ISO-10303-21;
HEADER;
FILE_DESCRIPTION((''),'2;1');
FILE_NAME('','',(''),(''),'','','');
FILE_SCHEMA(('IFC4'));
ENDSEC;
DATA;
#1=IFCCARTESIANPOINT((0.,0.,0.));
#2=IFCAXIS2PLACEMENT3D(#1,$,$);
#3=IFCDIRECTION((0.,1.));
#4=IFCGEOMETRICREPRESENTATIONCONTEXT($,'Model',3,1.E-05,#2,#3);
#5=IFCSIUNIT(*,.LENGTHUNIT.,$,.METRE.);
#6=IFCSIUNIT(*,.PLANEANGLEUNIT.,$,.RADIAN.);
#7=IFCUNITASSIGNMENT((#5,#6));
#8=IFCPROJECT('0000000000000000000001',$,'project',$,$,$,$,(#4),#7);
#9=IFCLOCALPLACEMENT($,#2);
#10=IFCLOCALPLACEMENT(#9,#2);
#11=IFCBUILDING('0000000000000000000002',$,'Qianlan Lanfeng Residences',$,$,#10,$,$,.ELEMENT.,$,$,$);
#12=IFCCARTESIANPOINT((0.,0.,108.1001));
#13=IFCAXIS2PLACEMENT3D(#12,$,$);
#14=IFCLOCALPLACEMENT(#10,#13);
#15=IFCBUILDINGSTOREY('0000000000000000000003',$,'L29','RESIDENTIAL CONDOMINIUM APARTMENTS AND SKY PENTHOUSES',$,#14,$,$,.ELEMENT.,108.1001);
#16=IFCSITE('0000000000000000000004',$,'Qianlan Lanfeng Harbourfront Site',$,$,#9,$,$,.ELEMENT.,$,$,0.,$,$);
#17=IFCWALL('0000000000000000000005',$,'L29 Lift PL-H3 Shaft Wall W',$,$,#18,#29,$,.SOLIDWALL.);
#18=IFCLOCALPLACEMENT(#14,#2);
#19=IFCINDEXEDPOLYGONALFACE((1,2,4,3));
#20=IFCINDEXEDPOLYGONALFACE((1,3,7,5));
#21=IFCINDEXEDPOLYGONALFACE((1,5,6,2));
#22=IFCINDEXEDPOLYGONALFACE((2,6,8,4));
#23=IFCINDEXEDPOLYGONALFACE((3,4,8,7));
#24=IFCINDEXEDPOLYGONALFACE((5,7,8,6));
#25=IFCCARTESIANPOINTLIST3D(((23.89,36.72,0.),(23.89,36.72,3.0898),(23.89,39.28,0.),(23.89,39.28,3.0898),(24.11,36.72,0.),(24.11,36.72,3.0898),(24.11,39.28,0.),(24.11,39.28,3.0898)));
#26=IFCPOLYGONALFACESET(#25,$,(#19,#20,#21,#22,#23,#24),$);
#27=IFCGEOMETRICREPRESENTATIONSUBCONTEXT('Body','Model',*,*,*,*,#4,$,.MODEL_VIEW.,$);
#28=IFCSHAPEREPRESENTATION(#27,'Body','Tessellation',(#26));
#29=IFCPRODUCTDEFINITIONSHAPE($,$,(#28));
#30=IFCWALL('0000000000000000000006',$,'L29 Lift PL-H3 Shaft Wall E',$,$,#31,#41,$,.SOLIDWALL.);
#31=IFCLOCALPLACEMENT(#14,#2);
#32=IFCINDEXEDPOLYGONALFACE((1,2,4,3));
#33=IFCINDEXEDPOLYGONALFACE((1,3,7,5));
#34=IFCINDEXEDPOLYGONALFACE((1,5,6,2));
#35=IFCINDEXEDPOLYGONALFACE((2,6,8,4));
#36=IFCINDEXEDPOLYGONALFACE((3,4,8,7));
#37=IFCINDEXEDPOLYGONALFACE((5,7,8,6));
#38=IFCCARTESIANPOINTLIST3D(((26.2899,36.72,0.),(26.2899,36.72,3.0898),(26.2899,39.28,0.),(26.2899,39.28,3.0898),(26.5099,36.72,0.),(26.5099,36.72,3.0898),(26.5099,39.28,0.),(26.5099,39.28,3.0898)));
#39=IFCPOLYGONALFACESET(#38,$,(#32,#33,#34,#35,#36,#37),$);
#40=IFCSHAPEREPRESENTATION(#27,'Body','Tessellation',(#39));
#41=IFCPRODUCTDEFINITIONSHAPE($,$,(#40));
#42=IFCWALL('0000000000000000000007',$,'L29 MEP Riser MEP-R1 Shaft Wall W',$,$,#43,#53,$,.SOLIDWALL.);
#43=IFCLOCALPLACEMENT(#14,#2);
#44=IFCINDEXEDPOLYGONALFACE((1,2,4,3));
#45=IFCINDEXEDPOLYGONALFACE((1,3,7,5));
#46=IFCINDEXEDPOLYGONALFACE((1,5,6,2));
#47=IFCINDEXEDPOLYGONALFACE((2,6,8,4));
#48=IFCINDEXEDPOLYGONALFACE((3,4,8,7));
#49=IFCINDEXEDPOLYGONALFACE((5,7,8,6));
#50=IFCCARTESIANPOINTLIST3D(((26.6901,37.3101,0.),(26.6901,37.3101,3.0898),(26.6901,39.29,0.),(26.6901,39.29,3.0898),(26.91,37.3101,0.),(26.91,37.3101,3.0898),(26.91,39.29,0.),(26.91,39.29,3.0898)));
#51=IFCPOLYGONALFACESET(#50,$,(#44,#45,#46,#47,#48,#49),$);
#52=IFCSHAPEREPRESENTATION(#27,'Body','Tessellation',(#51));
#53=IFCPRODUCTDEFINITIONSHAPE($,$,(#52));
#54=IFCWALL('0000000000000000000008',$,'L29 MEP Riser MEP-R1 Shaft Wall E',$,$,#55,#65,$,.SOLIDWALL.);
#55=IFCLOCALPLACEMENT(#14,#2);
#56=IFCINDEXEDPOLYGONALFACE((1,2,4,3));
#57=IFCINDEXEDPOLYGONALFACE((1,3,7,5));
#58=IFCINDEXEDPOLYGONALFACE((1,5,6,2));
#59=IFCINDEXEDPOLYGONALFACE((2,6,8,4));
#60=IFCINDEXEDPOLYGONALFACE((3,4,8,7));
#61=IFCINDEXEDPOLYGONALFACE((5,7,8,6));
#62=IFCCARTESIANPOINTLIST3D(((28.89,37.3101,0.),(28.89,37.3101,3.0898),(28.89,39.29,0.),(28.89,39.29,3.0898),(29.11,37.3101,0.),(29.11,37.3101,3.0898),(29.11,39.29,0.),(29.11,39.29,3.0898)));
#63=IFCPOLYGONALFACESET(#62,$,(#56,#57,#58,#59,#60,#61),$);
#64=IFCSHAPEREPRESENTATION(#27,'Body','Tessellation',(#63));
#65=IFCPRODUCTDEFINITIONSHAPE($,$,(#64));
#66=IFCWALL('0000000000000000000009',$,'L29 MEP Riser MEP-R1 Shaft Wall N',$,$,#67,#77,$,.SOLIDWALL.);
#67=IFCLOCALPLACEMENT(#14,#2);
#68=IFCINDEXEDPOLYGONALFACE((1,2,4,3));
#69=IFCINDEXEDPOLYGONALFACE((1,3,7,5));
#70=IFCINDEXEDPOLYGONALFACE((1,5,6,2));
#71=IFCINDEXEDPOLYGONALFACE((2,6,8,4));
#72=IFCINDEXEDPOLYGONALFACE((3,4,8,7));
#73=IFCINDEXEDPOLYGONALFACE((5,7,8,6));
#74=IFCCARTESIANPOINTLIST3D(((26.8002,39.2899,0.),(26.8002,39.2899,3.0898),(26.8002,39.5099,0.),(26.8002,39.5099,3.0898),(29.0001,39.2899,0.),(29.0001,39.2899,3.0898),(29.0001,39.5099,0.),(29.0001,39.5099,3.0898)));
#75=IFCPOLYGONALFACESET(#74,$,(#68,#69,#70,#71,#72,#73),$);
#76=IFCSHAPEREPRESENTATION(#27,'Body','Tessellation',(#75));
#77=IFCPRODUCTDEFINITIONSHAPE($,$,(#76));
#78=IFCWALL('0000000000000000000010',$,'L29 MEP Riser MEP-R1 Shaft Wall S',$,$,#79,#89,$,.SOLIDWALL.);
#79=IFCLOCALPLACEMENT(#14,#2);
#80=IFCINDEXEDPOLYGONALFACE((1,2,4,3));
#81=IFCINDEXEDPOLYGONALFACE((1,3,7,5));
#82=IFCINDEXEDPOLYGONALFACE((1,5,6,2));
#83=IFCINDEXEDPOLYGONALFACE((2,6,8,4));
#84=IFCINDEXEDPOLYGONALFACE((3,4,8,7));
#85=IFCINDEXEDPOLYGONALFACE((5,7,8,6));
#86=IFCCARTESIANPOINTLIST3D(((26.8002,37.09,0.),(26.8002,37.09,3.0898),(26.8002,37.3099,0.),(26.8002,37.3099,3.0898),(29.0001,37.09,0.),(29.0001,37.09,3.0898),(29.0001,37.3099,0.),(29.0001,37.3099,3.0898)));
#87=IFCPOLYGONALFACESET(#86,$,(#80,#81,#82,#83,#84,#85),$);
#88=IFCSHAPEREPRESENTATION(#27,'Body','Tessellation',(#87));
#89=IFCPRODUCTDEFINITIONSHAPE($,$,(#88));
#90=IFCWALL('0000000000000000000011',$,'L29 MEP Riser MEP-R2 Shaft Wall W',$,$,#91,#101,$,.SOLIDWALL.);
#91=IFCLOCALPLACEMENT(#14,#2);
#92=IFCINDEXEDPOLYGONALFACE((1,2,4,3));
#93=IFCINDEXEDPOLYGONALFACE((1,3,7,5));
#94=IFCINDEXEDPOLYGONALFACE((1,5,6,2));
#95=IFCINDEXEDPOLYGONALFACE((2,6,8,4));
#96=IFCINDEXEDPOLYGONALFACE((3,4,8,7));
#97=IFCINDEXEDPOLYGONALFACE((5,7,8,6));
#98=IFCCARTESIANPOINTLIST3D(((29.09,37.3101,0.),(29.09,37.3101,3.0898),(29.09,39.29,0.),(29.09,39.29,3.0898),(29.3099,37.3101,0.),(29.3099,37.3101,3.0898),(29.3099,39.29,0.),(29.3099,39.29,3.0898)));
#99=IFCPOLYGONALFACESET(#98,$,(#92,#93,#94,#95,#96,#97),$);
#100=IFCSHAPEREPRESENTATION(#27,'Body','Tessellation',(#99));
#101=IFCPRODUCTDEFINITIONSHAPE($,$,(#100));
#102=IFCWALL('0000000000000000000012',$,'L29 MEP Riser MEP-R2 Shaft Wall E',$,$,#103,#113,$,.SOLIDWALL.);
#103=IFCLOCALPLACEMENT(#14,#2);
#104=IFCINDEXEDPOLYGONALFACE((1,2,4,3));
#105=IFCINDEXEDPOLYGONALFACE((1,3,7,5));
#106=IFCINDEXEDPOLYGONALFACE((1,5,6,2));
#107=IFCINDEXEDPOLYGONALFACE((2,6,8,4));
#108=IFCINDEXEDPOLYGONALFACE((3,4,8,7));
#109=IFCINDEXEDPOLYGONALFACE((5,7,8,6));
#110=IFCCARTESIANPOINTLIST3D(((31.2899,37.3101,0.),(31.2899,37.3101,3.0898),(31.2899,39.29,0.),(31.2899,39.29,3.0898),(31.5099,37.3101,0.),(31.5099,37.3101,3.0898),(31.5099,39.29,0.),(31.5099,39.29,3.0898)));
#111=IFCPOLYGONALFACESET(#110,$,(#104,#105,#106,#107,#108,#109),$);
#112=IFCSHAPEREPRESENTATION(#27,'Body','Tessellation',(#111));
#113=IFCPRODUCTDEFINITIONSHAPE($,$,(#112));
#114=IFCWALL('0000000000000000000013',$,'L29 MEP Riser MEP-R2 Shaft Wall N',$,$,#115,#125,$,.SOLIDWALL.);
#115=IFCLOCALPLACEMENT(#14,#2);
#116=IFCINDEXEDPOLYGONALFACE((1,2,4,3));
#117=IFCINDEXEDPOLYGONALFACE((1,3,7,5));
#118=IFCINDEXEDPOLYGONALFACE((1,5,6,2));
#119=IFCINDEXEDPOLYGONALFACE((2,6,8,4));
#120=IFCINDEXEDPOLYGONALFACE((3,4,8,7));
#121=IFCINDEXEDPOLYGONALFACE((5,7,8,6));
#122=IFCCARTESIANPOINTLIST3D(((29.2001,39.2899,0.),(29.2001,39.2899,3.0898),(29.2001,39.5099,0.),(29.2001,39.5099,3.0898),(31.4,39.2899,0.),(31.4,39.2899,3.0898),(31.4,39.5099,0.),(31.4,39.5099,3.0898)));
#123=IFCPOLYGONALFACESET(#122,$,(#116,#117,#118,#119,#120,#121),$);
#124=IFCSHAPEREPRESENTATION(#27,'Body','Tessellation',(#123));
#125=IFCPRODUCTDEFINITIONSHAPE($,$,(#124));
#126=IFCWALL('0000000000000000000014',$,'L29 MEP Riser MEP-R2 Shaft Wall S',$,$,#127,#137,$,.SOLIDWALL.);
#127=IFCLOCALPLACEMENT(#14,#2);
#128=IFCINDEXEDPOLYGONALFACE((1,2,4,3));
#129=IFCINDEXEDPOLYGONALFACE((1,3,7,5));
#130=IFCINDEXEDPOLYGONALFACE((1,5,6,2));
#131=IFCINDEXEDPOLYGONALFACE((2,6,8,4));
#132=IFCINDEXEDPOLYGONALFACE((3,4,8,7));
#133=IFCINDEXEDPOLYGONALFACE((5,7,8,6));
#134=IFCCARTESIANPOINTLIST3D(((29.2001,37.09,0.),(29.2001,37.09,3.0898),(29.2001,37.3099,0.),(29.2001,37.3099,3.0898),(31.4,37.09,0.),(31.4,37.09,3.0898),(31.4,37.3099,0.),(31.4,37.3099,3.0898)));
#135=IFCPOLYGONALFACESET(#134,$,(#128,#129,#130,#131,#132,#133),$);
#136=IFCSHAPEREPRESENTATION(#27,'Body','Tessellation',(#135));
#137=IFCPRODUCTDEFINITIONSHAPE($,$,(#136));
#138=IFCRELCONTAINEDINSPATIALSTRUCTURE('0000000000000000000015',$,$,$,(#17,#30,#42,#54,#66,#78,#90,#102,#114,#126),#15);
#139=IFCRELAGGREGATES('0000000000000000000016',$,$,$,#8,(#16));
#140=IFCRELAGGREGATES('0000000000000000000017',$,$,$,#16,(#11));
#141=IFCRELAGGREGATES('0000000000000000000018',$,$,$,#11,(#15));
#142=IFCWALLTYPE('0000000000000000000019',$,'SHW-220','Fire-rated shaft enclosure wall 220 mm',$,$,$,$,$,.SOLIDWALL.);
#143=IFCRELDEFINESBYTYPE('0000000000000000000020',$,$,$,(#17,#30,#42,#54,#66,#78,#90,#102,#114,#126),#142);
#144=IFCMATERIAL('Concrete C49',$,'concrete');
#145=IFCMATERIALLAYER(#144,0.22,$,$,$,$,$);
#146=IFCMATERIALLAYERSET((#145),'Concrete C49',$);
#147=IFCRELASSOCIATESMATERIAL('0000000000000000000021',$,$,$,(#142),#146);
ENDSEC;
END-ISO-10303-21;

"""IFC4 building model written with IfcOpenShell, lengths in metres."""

from ifc_helpers import new_model, si_unit, direction, frame, frame_2d, origin, place, context, subcontext, project, spatial, rectangle, extrude, material, layer, layer_set, type_object, element, save


model = new_model("IFC4")

# Units and contexts
model_context = context("Model", 3, precision=1e-05, world=origin(), true_north=direction((0.0, 1.0)))
body_context = subcontext(model_context, "Body", "Model", "MODEL_VIEW")
ifc_project = project(units=[si_unit("LENGTHUNIT", "METRE"), si_unit("PLANEANGLEUNIT", "RADIAN")], contexts=[model_context])

# Site, building, storey
site_placement = place(None, origin())
site = spatial("IfcSite", under=ifc_project, at=site_placement, Name="Qianlan Lanfeng Harbourfront Site", CompositionType="ELEMENT", RefElevation=0.0)
building_placement = place(site_placement, origin())
building = spatial("IfcBuilding", under=site, at=building_placement, Name="Qianlan Lanfeng Residences", CompositionType="ELEMENT")
storey_placement = place(building_placement, frame((0.0, 0.0, 108.1001)))
storey = spatial("IfcBuildingStorey", under=building, at=storey_placement, Name="L29", Description="RESIDENTIAL CONDOMINIUM APARTMENTS AND SKY PENTHOUSES", CompositionType="ELEMENT", Elevation=108.1001)

# Walls
ifc_material_1 = material(Name="Concrete C49", Category="concrete")
ifc_layer_1 = layer(ifc_material_1, 0.22)
ifc_layer_set_1 = layer_set([ifc_layer_1], Name="Concrete C49")
wall_type_1 = type_object("IfcWallType", Name="SHW-220", Description="Fire-rated shaft enclosure wall 220 mm", PredefinedType="SOLIDWALL", material=ifc_layer_set_1)
for number, where, z_axis, x_axis, name in (
    (1, (24.0, 36.72, 0.0), (0.0, 0.0, 1.0), (0.0, 1.0, 0.0), "L29 Lift PL-H3 Shaft Wall W"),
    (2, (26.3999, 36.72, 0.0), (0.0, 0.0, 1.0), (0.0, 1.0, 0.0), "L29 Lift PL-H3 Shaft Wall E"),
):
    element("IfcWall", number, at=place(storey_placement, frame(where, z_axis=z_axis, x_axis=x_axis)), inside=storey, type_object=wall_type_1, Name=name, PredefinedType="SOLIDWALL", context=body_context, shape_type="SweptSolid", body=[
        extrude(rectangle(XDim=2.5601, YDim=0.22, at=frame_2d((1.28, 0.0))), origin(), (0.0, 0.0, 1.0), 3.0898),
    ])
for number, where, z_axis, x_axis, name in (
    (3, (26.8, 37.3101, 0.0), (0.0, 0.0, 1.0), (0.0, 1.0, 0.0), "L29 MEP Riser MEP-R1 Shaft Wall W"),
    (4, (29.0, 37.3101, 0.0), (0.0, 0.0, 1.0), (0.0, 1.0, 0.0), "L29 MEP Riser MEP-R1 Shaft Wall E"),
):
    element("IfcWall", number, at=place(storey_placement, frame(where, z_axis=z_axis, x_axis=x_axis)), inside=storey, type_object=wall_type_1, Name=name, PredefinedType="SOLIDWALL", context=body_context, shape_type="SweptSolid", body=[
        extrude(rectangle(XDim=1.98, YDim=0.22, at=frame_2d((0.99, 0.0))), origin(), (0.0, 0.0, 1.0), 3.0898),
    ])
for number, where, z_axis, x_axis, name in (
    (5, (26.8, 39.3999, 0.0), (0.0, 0.0, 1.0), (1.0, 0.0, 0.0), "L29 MEP Riser MEP-R1 Shaft Wall N"),
    (6, (26.8, 37.2, 0.0), (0.0, 0.0, 1.0), (1.0, 0.0, 0.0), "L29 MEP Riser MEP-R1 Shaft Wall S"),
):
    element("IfcWall", number, at=place(storey_placement, frame(where, z_axis=z_axis, x_axis=x_axis)), inside=storey, type_object=wall_type_1, Name=name, PredefinedType="SOLIDWALL", context=body_context, shape_type="SweptSolid", body=[
        extrude(rectangle(XDim=2.2, YDim=0.22, at=frame_2d((1.1001, 0.0))), origin(), (0.0, 0.0, 1.0), 3.0898),
    ])
for number, where, z_axis, x_axis, name in (
    (7, (29.2, 37.3101, 0.0), (0.0, 0.0, 1.0), (0.0, 1.0, 0.0), "L29 MEP Riser MEP-R2 Shaft Wall W"),
    (8, (31.3999, 37.3101, 0.0), (0.0, 0.0, 1.0), (0.0, 1.0, 0.0), "L29 MEP Riser MEP-R2 Shaft Wall E"),
):
    element("IfcWall", number, at=place(storey_placement, frame(where, z_axis=z_axis, x_axis=x_axis)), inside=storey, type_object=wall_type_1, Name=name, PredefinedType="SOLIDWALL", context=body_context, shape_type="SweptSolid", body=[
        extrude(rectangle(XDim=1.98, YDim=0.22, at=frame_2d((0.99, 0.0))), origin(), (0.0, 0.0, 1.0), 3.0898),
    ])
for number, where, z_axis, x_axis, name in (
    (9, (29.2, 39.3999, 0.0), (0.0, 0.0, 1.0), (1.0, 0.0, 0.0), "L29 MEP Riser MEP-R2 Shaft Wall N"),
    (10, (29.2, 37.2, 0.0), (0.0, 0.0, 1.0), (1.0, 0.0, 0.0), "L29 MEP Riser MEP-R2 Shaft Wall S"),
):
    element("IfcWall", number, at=place(storey_placement, frame(where, z_axis=z_axis, x_axis=x_axis)), inside=storey, type_object=wall_type_1, Name=name, PredefinedType="SOLIDWALL", context=body_context, shape_type="SweptSolid", body=[
        extrude(rectangle(XDim=2.2, YDim=0.22, at=frame_2d((1.1001, 0.0))), origin(), (0.0, 0.0, 1.0), 3.0898),
    ])

save(model, "model.ifc")
